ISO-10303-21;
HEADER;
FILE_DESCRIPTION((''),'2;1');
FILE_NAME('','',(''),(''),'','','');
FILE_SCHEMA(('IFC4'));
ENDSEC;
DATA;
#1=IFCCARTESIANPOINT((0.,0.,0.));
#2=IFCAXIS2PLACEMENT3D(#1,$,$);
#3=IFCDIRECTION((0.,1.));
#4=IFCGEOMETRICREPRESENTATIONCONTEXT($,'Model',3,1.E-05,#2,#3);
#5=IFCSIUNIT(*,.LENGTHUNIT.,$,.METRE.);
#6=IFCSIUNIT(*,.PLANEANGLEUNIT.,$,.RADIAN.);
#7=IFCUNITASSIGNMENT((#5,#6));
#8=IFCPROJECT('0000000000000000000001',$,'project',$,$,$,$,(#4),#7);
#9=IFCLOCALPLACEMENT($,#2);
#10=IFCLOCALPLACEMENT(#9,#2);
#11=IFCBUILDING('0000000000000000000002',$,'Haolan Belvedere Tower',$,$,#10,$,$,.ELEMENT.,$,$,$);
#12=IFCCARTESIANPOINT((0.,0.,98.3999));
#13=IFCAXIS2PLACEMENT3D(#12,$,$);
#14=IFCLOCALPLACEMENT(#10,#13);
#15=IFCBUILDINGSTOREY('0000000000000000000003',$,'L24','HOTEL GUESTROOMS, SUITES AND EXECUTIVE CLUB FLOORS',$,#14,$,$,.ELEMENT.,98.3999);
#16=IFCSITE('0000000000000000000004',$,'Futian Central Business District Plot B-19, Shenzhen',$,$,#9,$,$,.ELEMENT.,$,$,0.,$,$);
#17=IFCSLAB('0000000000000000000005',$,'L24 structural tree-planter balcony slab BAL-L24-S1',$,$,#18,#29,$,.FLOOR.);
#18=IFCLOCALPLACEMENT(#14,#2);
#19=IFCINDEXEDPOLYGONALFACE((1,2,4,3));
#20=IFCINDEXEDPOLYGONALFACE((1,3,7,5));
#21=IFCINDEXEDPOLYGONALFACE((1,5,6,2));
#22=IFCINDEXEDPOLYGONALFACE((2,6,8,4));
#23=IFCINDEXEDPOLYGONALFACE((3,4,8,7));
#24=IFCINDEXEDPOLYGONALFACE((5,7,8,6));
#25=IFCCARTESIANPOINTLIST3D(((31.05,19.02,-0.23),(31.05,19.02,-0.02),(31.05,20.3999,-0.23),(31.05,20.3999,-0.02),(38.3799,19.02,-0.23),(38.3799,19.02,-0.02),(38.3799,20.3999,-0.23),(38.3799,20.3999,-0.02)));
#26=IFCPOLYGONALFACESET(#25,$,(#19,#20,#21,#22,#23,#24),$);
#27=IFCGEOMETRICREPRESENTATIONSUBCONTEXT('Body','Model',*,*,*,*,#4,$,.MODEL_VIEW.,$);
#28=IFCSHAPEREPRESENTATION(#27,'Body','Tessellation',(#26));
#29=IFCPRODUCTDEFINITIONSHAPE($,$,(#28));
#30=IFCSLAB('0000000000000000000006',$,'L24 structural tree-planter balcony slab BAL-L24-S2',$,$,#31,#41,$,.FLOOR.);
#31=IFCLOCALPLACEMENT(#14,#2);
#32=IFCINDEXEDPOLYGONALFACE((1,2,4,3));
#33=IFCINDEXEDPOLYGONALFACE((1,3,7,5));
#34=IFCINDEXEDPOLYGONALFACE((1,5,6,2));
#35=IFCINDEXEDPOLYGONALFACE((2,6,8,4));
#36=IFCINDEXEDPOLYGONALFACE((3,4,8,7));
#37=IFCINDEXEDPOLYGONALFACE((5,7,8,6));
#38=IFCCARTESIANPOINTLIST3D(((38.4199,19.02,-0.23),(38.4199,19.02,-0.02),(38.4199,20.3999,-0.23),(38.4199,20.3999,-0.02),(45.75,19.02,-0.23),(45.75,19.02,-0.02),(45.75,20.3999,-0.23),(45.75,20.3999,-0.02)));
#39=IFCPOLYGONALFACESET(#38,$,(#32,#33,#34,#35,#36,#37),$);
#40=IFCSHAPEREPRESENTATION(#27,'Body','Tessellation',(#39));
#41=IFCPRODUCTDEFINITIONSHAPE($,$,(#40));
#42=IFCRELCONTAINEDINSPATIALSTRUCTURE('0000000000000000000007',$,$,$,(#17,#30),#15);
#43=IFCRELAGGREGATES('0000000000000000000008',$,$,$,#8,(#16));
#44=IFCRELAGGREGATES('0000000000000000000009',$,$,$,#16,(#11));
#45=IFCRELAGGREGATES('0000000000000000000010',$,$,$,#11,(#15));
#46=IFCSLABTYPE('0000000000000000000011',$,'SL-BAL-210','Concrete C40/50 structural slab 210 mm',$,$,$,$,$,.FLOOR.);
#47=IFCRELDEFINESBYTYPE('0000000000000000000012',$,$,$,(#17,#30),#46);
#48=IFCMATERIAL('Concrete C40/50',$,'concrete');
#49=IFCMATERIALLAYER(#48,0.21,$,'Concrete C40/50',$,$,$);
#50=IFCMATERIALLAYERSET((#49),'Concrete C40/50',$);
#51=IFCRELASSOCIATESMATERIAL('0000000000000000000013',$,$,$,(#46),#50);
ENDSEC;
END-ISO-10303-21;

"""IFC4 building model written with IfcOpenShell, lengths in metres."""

from ifc_helpers import new_model, si_unit, direction, frame, origin, place, context, subcontext, project, spatial, polyline, outline, extrude, material, layer, layer_set, type_object, element, save


model = new_model("IFC4")

# Units and contexts
model_context = context("Model", 3, precision=1e-05, world=origin(), true_north=direction((0.0, 1.0)))
body_context = subcontext(model_context, "Body", "Model", "MODEL_VIEW")
ifc_project = project(units=[si_unit("LENGTHUNIT", "METRE"), si_unit("PLANEANGLEUNIT", "RADIAN")], contexts=[model_context])

# Site, building, storey
site_placement = place(None, origin())
site = spatial("IfcSite", under=ifc_project, at=site_placement, Name="Futian Central Business District Plot B-19, Shenzhen", CompositionType="ELEMENT", RefElevation=0.0)
building_placement = place(site_placement, origin())
building = spatial("IfcBuilding", under=site, at=building_placement, Name="Haolan Belvedere Tower", CompositionType="ELEMENT")
storey_placement = place(building_placement, frame((0.0, 0.0, 98.3999)))
storey = spatial("IfcBuildingStorey", under=building, at=storey_placement, Name="L24", Description="HOTEL GUESTROOMS, SUITES AND EXECUTIVE CLUB FLOORS", CompositionType="ELEMENT", Elevation=98.3999)

# Slabs
ifc_material_1 = material(Name="Concrete C40/50", Category="concrete")
ifc_layer_1 = layer(ifc_material_1, 0.21, Name="Concrete C40/50")
ifc_layer_set_1 = layer_set([ifc_layer_1], Name="Concrete C40/50")
slab_type_1 = type_object("IfcSlabType", Name="SL-BAL-210", Description="Concrete C40/50 structural slab 210 mm", PredefinedType="FLOOR", material=ifc_layer_set_1)
slab_1_placement = place(storey_placement, frame((0.0, 0.0, -0.23)))
element("IfcSlab", 1, at=slab_1_placement, inside=storey, type_object=slab_type_1, Name="L24 structural tree-planter balcony slab BAL-L24-S1", PredefinedType="FLOOR", context=body_context, shape_type="SweptSolid", body=[
    extrude(outline(polyline([(31.05, 19.02), (38.3799, 19.02), (38.3799, 20.3999), (31.05, 20.3999), (31.05, 19.02)])), origin(), (0.0, 0.0, 1.0), 0.21),
])
slab_2_placement = place(storey_placement, frame((0.0, 0.0, -0.23)))
element("IfcSlab", 2, at=slab_2_placement, inside=storey, type_object=slab_type_1, Name="L24 structural tree-planter balcony slab BAL-L24-S2", PredefinedType="FLOOR", context=body_context, shape_type="SweptSolid", body=[
    extrude(outline(polyline([(38.4199, 19.02), (45.75, 19.02), (45.75, 20.3999), (38.4199, 20.3999), (38.4199, 19.02)])), origin(), (0.0, 0.0, 1.0), 0.21),
])

save(model, "model.ifc")
